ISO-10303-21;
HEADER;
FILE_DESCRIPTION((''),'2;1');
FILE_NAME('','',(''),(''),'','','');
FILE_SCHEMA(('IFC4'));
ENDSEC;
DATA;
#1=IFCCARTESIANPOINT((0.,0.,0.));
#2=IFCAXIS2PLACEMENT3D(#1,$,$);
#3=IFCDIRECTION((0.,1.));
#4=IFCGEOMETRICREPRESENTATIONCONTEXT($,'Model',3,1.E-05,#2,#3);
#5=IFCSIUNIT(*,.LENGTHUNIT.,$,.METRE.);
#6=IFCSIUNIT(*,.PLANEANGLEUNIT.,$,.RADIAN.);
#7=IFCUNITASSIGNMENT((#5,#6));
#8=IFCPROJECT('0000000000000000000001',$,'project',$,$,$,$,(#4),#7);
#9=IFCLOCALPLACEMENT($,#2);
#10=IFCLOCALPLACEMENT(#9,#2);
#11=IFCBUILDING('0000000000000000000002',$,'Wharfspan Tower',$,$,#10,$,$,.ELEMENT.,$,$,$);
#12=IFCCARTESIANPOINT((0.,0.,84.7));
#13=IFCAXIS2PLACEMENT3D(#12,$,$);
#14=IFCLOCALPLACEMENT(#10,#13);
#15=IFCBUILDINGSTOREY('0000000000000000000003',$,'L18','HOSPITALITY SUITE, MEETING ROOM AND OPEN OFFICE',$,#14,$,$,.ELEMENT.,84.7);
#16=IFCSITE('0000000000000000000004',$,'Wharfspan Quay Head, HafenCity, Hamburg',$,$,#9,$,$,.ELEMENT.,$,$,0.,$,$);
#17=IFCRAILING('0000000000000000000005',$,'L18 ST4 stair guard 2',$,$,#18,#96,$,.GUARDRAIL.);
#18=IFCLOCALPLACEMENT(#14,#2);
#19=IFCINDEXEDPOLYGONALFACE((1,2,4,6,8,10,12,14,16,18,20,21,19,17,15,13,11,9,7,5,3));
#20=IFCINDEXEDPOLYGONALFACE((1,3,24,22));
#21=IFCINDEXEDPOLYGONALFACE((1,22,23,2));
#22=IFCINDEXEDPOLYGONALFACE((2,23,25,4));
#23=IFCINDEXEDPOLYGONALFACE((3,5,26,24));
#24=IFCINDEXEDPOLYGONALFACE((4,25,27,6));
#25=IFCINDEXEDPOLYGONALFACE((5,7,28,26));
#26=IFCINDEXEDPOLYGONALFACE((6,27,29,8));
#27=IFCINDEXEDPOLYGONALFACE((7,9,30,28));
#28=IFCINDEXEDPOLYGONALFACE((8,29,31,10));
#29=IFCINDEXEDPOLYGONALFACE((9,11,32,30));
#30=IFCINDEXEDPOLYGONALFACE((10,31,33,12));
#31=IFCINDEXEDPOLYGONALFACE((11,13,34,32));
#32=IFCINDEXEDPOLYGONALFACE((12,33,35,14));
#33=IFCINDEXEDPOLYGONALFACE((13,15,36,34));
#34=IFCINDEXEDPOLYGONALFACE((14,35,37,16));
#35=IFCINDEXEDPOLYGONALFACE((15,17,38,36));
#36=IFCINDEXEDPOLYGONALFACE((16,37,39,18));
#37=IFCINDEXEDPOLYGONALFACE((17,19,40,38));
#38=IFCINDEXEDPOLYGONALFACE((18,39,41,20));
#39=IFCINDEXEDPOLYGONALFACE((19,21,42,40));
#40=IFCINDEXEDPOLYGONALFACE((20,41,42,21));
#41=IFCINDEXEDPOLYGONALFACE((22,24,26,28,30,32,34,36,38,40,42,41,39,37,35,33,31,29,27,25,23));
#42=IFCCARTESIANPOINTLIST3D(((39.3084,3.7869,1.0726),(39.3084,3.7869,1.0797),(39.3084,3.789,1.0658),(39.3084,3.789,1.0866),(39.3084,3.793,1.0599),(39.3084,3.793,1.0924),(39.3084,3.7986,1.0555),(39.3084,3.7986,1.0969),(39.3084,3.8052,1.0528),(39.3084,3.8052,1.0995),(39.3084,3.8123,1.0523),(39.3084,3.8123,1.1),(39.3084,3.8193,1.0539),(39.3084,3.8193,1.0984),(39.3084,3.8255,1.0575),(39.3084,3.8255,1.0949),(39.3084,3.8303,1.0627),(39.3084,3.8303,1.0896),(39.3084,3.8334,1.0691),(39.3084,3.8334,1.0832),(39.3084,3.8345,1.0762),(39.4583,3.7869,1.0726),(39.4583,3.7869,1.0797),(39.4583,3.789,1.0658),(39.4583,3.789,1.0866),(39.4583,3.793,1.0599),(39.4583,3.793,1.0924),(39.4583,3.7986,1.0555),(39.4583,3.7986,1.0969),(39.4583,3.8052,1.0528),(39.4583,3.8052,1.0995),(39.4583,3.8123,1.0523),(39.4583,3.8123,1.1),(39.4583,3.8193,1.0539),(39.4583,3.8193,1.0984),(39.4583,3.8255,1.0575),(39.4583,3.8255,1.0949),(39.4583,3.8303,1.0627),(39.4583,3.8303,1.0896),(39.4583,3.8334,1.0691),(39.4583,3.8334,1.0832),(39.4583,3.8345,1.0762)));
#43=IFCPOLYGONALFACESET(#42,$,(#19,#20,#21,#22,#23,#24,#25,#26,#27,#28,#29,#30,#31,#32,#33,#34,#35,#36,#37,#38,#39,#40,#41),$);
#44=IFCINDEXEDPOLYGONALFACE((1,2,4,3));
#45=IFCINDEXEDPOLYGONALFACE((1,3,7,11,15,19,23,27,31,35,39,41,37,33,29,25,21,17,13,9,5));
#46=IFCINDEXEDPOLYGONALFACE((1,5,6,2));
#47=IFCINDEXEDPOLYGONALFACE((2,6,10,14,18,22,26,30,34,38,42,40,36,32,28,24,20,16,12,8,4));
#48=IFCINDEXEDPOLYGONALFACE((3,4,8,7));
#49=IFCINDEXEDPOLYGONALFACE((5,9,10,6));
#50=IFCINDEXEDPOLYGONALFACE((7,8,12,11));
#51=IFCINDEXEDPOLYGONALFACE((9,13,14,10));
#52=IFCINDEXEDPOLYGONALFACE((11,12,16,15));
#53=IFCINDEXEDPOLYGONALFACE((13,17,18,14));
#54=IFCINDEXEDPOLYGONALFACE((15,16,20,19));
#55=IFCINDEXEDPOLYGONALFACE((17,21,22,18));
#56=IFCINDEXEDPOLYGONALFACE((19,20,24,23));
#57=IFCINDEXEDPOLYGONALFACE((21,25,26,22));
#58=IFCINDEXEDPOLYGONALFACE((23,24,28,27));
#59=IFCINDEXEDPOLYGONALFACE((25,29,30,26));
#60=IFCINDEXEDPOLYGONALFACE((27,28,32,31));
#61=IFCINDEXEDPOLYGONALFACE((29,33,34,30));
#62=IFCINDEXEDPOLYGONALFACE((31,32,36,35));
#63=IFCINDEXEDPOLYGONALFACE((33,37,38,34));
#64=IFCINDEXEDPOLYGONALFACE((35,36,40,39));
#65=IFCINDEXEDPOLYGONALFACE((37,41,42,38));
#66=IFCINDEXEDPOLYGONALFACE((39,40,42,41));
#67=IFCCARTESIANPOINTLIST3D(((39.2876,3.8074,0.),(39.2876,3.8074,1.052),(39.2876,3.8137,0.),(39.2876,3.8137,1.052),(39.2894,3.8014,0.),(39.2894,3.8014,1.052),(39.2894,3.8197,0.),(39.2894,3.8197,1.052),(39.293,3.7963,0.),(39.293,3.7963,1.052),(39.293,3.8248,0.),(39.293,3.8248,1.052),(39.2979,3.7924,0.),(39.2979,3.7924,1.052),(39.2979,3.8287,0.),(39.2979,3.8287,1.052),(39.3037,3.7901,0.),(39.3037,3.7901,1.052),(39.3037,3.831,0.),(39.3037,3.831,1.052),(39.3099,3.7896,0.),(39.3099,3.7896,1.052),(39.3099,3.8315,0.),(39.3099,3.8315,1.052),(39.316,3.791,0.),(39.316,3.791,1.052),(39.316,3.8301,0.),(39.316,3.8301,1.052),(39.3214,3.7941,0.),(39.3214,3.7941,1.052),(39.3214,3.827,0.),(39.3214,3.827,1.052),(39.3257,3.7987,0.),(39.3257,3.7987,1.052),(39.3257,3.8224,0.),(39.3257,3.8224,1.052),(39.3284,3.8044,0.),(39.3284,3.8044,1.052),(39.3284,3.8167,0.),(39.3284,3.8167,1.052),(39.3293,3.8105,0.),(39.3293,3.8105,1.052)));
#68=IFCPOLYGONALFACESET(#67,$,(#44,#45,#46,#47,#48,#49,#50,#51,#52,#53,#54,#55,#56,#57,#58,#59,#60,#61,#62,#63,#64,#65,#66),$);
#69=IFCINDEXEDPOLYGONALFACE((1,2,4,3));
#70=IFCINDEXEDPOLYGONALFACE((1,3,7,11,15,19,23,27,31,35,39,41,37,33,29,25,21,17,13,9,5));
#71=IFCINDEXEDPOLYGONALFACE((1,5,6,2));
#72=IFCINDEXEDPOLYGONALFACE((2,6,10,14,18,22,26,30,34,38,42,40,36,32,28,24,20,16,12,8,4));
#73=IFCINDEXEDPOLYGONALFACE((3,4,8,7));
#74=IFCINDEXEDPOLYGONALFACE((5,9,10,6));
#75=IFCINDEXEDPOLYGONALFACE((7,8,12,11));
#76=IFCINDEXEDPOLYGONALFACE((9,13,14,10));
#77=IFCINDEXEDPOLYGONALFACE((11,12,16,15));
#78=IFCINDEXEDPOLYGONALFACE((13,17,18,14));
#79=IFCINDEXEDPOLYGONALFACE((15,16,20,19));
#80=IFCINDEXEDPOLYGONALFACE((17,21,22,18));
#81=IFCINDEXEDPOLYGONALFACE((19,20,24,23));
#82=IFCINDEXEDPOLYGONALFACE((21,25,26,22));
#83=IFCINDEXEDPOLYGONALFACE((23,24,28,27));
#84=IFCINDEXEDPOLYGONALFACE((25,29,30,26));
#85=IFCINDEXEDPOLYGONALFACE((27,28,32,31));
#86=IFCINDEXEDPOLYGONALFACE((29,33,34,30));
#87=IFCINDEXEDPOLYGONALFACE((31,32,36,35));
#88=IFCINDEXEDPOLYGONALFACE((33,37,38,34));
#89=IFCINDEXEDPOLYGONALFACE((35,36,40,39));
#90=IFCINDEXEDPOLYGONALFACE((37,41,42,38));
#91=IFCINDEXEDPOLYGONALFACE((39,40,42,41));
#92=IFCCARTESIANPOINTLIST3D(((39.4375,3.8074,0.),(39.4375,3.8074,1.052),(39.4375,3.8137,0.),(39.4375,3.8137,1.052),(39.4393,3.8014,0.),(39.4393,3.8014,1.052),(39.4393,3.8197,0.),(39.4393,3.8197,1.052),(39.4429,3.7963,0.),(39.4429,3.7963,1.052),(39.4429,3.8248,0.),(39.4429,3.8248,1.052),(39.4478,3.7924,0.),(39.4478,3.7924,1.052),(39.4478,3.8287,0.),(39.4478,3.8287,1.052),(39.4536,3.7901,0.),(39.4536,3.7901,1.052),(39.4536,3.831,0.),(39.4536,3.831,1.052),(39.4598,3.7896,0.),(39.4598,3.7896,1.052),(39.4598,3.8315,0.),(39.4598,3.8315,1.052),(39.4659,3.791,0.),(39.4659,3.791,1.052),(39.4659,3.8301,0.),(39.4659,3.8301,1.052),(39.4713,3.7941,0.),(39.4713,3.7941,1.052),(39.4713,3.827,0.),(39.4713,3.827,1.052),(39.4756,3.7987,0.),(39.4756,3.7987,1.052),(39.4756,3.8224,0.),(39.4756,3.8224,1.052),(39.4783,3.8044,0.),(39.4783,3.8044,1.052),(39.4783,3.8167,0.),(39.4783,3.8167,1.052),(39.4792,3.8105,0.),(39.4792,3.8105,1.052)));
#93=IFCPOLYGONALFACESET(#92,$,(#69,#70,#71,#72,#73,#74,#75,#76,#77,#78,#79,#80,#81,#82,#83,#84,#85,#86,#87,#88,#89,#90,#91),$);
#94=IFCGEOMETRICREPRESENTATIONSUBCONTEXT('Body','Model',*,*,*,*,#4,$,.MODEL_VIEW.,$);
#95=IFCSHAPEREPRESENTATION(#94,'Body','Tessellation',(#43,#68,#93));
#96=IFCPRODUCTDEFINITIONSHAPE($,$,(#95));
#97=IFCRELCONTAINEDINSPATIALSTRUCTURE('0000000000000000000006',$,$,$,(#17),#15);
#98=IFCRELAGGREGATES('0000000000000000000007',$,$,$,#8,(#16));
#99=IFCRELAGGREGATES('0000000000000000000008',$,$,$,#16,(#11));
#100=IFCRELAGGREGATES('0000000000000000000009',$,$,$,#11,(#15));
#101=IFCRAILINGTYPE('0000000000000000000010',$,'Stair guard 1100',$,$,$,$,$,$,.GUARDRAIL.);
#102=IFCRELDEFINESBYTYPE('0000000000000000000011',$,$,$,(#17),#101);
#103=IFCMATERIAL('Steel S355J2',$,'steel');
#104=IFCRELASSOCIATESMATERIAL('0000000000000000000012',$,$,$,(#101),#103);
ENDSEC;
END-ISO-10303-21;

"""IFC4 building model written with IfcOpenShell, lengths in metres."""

from ifc_helpers import new_model, si_unit, direction, frame, origin, origin_2d, place, context, subcontext, project, spatial, circle, extrude, material, type_object, element, save


model = new_model("IFC4")

# Units and contexts
model_context = context("Model", 3, precision=1e-05, world=origin(), true_north=direction((0.0, 1.0)))
body_context = subcontext(model_context, "Body", "Model", "MODEL_VIEW")
ifc_project = project(units=[si_unit("LENGTHUNIT", "METRE"), si_unit("PLANEANGLEUNIT", "RADIAN")], contexts=[model_context])

# Site, building, storey
site_placement = place(None, origin())
site = spatial("IfcSite", under=ifc_project, at=site_placement, Name="Wharfspan Quay Head, HafenCity, Hamburg", CompositionType="ELEMENT", RefElevation=0.0)
building_placement = place(site_placement, origin())
building = spatial("IfcBuilding", under=site, at=building_placement, Name="Wharfspan Tower", CompositionType="ELEMENT")
storey_placement = place(building_placement, frame((0.0, 0.0, 84.7)))
storey = spatial("IfcBuildingStorey", under=building, at=storey_placement, Name="L18", Description="HOSPITALITY SUITE, MEETING ROOM AND OPEN OFFICE", CompositionType="ELEMENT", Elevation=84.7)

# Shared definitions
ifc_material_1 = material(Name="Steel S355J2", Category="steel")

# Railing
railing_type_1 = type_object("IfcRailingType", Name="Stair guard 1100", PredefinedType="GUARDRAIL", material=ifc_material_1)
railing_1_placement = place(storey_placement, frame((39.3083, 3.8105, 0.0)))
element("IfcRailing", 1, at=railing_1_placement, inside=storey, type_object=railing_type_1, Name="L18 ST4 stair guard 2", PredefinedType="GUARDRAIL", context=body_context, shape_type="SweptSolid", body=[
    extrude(circle(Radius=0.0239, at=origin_2d()), frame((0.0, 0.0, 1.0762), z_axis=(1.0, 0.0, 0.0), x_axis=(0.0, 1.0, 0.0)), (0.0, 0.0, 1.0), 0.1499),
    extrude(circle(Radius=0.021, at=origin_2d()), origin(), (0.0, 0.0, 1.0), 1.052),
    extrude(circle(Radius=0.021, at=origin_2d()), frame((0.1499, 0.0, 0.0)), (0.0, 0.0, 1.0), 1.052),
])

save(model, "model.ifc")
